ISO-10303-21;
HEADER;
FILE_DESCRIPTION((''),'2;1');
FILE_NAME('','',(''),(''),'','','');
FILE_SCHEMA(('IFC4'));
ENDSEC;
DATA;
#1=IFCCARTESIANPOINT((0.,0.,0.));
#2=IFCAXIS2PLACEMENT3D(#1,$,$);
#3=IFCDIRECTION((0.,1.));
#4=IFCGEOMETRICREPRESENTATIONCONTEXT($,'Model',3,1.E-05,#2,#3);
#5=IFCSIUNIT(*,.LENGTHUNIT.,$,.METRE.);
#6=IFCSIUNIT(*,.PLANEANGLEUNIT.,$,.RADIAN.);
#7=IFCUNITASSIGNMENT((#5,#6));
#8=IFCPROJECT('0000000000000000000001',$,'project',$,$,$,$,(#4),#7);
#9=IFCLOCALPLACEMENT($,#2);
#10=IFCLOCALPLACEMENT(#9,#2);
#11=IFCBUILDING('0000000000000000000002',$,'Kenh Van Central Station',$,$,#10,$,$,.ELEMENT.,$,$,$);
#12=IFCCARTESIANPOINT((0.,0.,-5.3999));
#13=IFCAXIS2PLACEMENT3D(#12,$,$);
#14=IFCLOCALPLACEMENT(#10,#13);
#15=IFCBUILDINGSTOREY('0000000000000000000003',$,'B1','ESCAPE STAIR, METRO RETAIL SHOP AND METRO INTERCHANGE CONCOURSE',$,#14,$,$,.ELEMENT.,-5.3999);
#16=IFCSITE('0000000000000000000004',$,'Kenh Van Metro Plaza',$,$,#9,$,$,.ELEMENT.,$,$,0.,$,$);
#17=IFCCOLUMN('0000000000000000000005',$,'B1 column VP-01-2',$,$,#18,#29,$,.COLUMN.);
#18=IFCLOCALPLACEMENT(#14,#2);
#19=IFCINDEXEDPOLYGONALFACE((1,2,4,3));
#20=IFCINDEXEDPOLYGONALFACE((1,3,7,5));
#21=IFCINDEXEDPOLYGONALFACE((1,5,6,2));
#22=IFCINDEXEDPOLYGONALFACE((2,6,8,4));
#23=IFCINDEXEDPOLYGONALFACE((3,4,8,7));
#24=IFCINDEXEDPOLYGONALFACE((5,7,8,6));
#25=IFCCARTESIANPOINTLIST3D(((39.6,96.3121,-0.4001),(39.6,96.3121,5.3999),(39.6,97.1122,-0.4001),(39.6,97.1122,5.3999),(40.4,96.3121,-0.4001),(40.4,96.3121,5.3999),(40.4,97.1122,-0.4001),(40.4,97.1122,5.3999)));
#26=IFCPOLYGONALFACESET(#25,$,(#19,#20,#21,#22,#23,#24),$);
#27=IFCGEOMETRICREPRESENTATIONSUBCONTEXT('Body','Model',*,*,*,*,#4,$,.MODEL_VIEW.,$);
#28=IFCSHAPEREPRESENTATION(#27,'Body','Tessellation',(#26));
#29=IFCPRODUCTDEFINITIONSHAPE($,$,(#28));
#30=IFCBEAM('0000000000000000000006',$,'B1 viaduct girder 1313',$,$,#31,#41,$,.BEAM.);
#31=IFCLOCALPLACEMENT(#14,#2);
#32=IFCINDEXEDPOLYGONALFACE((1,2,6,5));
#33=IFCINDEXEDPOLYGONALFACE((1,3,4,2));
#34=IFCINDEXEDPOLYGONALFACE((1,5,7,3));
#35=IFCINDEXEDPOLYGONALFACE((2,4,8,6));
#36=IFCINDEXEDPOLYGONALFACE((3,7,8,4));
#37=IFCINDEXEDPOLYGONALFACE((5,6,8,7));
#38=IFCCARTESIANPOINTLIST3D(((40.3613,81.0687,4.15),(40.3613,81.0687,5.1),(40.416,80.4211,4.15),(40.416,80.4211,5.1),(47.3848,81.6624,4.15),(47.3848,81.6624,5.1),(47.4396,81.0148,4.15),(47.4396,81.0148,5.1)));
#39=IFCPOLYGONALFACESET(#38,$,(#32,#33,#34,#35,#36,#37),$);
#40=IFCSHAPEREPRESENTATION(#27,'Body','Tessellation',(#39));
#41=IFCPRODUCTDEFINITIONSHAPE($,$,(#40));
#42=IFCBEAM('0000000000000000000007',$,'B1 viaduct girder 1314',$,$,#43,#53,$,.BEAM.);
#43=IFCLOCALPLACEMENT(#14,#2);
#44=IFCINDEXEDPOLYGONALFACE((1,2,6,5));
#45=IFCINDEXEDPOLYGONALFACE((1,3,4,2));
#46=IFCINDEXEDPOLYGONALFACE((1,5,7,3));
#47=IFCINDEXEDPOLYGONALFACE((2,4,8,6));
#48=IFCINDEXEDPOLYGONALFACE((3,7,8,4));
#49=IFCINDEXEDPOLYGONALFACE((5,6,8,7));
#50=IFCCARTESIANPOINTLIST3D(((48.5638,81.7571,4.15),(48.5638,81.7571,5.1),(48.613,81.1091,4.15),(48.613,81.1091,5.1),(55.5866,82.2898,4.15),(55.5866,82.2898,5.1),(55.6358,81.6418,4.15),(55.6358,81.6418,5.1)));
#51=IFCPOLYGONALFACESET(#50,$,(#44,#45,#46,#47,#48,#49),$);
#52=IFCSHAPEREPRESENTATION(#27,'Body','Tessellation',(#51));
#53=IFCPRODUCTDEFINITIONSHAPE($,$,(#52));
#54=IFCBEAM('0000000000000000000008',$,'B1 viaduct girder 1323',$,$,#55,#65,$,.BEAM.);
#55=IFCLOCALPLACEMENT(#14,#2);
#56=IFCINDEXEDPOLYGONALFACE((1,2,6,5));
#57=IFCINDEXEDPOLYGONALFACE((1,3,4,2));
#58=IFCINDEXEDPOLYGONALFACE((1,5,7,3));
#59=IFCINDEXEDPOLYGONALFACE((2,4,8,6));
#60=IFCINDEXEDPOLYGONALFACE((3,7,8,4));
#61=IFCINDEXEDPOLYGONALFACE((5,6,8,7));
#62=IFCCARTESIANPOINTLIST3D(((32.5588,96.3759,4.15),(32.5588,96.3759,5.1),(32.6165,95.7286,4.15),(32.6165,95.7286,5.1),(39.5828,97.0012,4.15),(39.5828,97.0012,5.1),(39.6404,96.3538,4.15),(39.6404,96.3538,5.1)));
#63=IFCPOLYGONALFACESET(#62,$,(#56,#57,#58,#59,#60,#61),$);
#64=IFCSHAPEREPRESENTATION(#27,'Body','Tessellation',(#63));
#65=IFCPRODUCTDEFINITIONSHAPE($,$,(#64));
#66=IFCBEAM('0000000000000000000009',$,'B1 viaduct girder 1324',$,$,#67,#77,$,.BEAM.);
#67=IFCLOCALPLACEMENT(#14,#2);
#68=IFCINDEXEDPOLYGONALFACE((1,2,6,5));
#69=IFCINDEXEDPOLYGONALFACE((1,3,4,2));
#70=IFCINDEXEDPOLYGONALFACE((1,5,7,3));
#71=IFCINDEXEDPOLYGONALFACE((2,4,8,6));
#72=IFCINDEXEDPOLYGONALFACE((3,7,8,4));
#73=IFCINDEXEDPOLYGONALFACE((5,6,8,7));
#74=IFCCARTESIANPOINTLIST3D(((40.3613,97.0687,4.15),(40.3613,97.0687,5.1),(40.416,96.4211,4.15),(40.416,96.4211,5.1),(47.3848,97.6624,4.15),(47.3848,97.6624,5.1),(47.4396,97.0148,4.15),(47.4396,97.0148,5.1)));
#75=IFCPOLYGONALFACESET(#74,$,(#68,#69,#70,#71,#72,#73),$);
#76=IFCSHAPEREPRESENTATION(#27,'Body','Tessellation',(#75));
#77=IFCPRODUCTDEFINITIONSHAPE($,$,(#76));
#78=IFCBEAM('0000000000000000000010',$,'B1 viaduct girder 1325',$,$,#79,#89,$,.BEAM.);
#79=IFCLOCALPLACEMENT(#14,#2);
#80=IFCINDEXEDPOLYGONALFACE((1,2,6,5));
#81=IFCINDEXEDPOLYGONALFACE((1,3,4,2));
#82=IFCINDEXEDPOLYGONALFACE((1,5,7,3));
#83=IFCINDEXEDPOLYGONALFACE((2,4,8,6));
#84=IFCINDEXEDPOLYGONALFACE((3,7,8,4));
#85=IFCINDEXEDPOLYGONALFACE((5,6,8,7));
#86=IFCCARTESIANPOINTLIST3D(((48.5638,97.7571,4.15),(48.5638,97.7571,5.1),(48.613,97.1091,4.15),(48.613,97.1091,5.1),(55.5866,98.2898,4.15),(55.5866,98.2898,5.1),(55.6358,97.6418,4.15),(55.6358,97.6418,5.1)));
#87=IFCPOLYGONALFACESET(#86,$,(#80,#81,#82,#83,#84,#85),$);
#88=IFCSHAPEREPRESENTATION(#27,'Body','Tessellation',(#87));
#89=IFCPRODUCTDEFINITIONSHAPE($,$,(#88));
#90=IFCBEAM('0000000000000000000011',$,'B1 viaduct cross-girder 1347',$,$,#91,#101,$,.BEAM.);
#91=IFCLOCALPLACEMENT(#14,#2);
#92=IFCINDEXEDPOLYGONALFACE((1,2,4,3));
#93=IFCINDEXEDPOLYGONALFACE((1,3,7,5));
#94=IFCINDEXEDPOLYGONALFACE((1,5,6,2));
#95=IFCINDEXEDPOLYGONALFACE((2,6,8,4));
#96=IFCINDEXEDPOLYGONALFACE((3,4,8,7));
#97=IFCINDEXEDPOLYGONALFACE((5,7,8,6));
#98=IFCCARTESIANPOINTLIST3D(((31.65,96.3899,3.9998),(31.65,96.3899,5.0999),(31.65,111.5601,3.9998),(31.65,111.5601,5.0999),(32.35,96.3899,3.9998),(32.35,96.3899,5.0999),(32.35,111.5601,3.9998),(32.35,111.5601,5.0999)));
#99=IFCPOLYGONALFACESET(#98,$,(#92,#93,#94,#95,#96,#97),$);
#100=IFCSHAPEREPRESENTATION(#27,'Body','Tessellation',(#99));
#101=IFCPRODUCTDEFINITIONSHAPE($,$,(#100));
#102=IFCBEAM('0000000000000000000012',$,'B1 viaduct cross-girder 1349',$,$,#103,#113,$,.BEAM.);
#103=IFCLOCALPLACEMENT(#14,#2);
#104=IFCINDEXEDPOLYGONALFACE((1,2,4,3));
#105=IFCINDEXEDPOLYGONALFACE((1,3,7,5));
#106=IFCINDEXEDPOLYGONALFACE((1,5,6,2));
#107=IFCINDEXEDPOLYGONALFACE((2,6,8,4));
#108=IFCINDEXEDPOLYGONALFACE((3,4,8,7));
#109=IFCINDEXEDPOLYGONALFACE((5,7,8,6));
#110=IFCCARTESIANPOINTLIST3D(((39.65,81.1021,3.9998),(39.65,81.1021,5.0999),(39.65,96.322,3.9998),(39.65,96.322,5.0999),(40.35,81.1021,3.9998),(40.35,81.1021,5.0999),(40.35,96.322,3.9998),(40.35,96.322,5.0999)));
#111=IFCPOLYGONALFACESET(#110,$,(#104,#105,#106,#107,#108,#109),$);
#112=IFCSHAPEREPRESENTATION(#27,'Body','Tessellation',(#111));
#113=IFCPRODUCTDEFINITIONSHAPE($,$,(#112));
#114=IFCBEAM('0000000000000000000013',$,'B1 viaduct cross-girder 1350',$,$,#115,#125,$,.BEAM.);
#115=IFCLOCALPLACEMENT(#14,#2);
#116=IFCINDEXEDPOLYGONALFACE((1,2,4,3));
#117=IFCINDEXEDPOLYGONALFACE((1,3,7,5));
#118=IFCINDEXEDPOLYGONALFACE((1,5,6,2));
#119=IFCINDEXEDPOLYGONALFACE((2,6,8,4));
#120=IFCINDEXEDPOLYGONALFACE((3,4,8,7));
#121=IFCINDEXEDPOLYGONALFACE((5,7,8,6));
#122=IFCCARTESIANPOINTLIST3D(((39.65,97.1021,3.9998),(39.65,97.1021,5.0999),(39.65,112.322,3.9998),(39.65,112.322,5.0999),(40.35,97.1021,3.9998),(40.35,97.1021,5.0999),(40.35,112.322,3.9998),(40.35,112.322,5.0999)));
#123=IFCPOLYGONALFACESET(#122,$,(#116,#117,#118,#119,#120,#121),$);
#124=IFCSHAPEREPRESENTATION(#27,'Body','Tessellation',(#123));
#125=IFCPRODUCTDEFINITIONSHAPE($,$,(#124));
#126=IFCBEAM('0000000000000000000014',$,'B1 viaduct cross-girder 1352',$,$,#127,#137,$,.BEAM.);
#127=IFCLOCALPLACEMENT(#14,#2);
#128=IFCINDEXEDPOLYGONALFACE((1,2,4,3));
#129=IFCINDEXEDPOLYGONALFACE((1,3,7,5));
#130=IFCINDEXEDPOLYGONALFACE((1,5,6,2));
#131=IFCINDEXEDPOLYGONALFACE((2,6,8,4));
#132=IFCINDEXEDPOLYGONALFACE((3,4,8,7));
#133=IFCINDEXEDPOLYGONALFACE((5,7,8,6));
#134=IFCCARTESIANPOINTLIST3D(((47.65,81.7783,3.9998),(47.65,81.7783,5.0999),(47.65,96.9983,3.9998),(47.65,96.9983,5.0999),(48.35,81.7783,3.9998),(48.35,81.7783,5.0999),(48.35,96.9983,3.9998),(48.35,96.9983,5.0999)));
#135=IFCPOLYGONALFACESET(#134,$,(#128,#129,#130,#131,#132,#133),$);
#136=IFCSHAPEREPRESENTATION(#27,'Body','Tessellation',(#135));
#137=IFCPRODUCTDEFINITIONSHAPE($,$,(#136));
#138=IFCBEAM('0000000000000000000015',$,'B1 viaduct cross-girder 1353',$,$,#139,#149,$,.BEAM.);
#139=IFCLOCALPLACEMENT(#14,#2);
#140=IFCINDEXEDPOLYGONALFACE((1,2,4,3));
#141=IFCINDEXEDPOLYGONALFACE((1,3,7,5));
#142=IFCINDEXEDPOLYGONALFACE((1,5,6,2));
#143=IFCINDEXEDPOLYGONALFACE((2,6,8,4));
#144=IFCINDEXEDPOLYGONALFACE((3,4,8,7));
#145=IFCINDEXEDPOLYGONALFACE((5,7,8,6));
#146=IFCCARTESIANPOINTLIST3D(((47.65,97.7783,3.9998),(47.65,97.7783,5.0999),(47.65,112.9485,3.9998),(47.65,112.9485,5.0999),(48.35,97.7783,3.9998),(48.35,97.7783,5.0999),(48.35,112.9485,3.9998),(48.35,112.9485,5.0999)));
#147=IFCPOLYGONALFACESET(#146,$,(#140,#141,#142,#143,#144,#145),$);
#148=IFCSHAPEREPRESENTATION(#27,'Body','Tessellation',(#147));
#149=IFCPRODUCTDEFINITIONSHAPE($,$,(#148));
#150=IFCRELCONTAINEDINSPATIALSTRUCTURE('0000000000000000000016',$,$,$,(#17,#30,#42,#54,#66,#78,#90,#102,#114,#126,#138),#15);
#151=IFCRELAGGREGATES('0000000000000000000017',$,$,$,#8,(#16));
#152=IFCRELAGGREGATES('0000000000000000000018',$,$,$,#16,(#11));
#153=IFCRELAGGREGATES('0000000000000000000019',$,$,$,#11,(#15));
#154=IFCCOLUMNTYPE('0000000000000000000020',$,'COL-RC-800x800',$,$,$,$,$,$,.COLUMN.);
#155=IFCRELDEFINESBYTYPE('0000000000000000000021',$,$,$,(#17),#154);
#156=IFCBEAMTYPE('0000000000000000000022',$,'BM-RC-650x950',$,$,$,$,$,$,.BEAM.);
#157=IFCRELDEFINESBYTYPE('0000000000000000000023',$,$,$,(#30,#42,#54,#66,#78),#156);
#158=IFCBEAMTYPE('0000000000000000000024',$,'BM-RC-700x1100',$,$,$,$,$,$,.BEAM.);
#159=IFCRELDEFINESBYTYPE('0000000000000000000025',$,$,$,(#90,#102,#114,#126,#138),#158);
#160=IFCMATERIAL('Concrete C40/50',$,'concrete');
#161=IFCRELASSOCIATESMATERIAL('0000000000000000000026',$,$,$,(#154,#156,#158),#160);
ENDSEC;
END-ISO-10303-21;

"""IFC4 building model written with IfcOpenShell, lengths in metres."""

from ifc_helpers import new_model, si_unit, direction, frame, origin, origin_2d, place, context, subcontext, project, spatial, rectangle, extrude, material, material_profile, profile_set, type_object, element, save


model = new_model("IFC4")

# Units and contexts
model_context = context("Model", 3, precision=1e-05, world=origin(), true_north=direction((0.0, 1.0)))
body_context = subcontext(model_context, "Body", "Model", "MODEL_VIEW")
ifc_project = project(units=[si_unit("LENGTHUNIT", "METRE"), si_unit("PLANEANGLEUNIT", "RADIAN")], contexts=[model_context])

# Site, building, storey
site_placement = place(None, origin())
site = spatial("IfcSite", under=ifc_project, at=site_placement, Name="Kenh Van Metro Plaza", CompositionType="ELEMENT", RefElevation=0.0)
building_placement = place(site_placement, origin())
building = spatial("IfcBuilding", under=site, at=building_placement, Name="Kenh Van Central Station", CompositionType="ELEMENT")
storey_placement = place(building_placement, frame((0.0, 0.0, -5.3999)))
storey = spatial("IfcBuildingStorey", under=building, at=storey_placement, Name="B1", Description="ESCAPE STAIR, METRO RETAIL SHOP AND METRO INTERCHANGE CONCOURSE", CompositionType="ELEMENT", Elevation=-5.3999)

# Shared definitions
ifc_material = material(Name="Concrete C40/50", Category="concrete")

# Column
ifc_material_profile_1 = material_profile(ifc_material, rectangle(XDim=0.8, YDim=0.8, at=origin_2d()), Name="RC 800x800")
ifc_profile_set_1 = profile_set([ifc_material_profile_1], Name="Concrete C40/50")
column_type_1 = type_object("IfcColumnType", Name="COL-RC-800x800", PredefinedType="COLUMN", material=ifc_profile_set_1)
for number, where, z_axis, x_axis, name in (
    (1, (40.0, 96.7122, -0.4001), (0.0, 0.0, 1.0), (1.0, 0.0, 0.0), "B1 column VP-01-2"),
):
    element("IfcColumn", number, at=place(storey_placement, frame(where, z_axis=z_axis, x_axis=x_axis)), inside=storey, type_object=column_type_1, Name=name, PredefinedType="COLUMN", context=body_context, shape_type="SweptSolid", body=[
        extrude(rectangle(XDim=0.8, YDim=0.8, at=origin_2d()), origin(), (0.0, 0.0, 1.0), 5.8),
    ])

# Beams
ifc_material_profile_2 = material_profile(ifc_material, rectangle(XDim=0.6499, YDim=0.95, at=origin_2d()), Name="RC 650x950")
ifc_profile_set_2 = profile_set([ifc_material_profile_2], Name="Concrete C40/50")
beam_type_1 = type_object("IfcBeamType", Name="BM-RC-650x950", PredefinedType="BEAM", material=ifc_profile_set_2)
beam_1_placement = place(storey_placement, frame((40.3887, 80.7449, 4.625), z_axis=(0.996446, 0.084238, 0.0), x_axis=(-0.084238, 0.996446, 0.0)))
element("IfcBeam", 2, at=beam_1_placement, inside=storey, type_object=beam_type_1, Name="B1 viaduct girder 1313", PredefinedType="BEAM", context=body_context, shape_type="SweptSolid", body=[
    extrude(rectangle(XDim=0.6499, YDim=0.95, at=origin_2d()), origin(), (0.0, 0.0, 1.0), 7.0486),
])
beam_2_placement = place(storey_placement, frame((48.5884, 81.4331, 4.625), z_axis=(0.997135, 0.075639, 0.0), x_axis=(-0.075639, 0.997135, 0.0)))
element("IfcBeam", 3, at=beam_2_placement, inside=storey, type_object=beam_type_1, Name="B1 viaduct girder 1314", PredefinedType="BEAM", context=body_context, shape_type="SweptSolid", body=[
    extrude(rectangle(XDim=0.6499, YDim=0.95, at=origin_2d()), origin(), (0.0, 0.0, 1.0), 7.043),
])
beam_3_placement = place(storey_placement, frame((32.5876, 96.0522, 4.625), z_axis=(0.996061, 0.088666, 0.0), x_axis=(-0.088666, 0.996061, 0.0)))
element("IfcBeam", 4, at=beam_3_placement, inside=storey, type_object=beam_type_1, Name="B1 viaduct girder 1323", PredefinedType="BEAM", context=body_context, shape_type="SweptSolid", body=[
    extrude(rectangle(XDim=0.6499, YDim=0.95, at=origin_2d()), origin(), (0.0, 0.0, 1.0), 7.0518),
])
beam_4_placement = place(storey_placement, frame((40.3887, 96.7449, 4.625), z_axis=(0.996446, 0.084238, 0.0), x_axis=(-0.084238, 0.996446, 0.0)))
element("IfcBeam", 5, at=beam_4_placement, inside=storey, type_object=beam_type_1, Name="B1 viaduct girder 1324", PredefinedType="BEAM", context=body_context, shape_type="SweptSolid", body=[
    extrude(rectangle(XDim=0.6499, YDim=0.95, at=origin_2d()), origin(), (0.0, 0.0, 1.0), 7.0486),
])
beam_5_placement = place(storey_placement, frame((48.5884, 97.4331, 4.625), z_axis=(0.997135, 0.075639, 0.0), x_axis=(-0.075639, 0.997135, 0.0)))
element("IfcBeam", 6, at=beam_5_placement, inside=storey, type_object=beam_type_1, Name="B1 viaduct girder 1325", PredefinedType="BEAM", context=body_context, shape_type="SweptSolid", body=[
    extrude(rectangle(XDim=0.6499, YDim=0.95, at=origin_2d()), origin(), (0.0, 0.0, 1.0), 7.043),
])
ifc_material_profile_3 = material_profile(ifc_material, rectangle(XDim=0.7, YDim=1.1001, at=origin_2d()), Name="RC 700x1100")
ifc_profile_set_3 = profile_set([ifc_material_profile_3], Name="Concrete C40/50")
beam_type_2 = type_object("IfcBeamType", Name="BM-RC-700x1100", PredefinedType="BEAM", material=ifc_profile_set_3)
beam_6_placement = place(storey_placement, frame((32.0, 96.3899, 4.5498), z_axis=(0.0, 1.0, 0.0), x_axis=(-1.0, 0.0, 0.0)))
element("IfcBeam", 7, at=beam_6_placement, inside=storey, type_object=beam_type_2, Name="B1 viaduct cross-girder 1347", PredefinedType="BEAM", context=body_context, shape_type="SweptSolid", body=[
    extrude(rectangle(XDim=0.7, YDim=1.1001, at=origin_2d()), origin(), (0.0, 0.0, 1.0), 15.1702),
])
for number, where, z_axis, x_axis, name in (
    (8, (40.0, 81.1021, 4.5498), (0.0, 1.0, 0.0), (-1.0, 0.0, 0.0), "B1 viaduct cross-girder 1349"),
    (9, (40.0, 97.1021, 4.5498), (0.0, 1.0, 0.0), (-1.0, 0.0, 0.0), "B1 viaduct cross-girder 1350"),
    (10, (48.0, 81.7783, 4.5498), (0.0, 1.0, 0.0), (-1.0, 0.0, 0.0), "B1 viaduct cross-girder 1352"),
):
    element("IfcBeam", number, at=place(storey_placement, frame(where, z_axis=z_axis, x_axis=x_axis)), inside=storey, type_object=beam_type_2, Name=name, PredefinedType="BEAM", context=body_context, shape_type="SweptSolid", body=[
        extrude(rectangle(XDim=0.7, YDim=1.1001, at=origin_2d()), origin(), (0.0, 0.0, 1.0), 15.22),
    ])
beam_7_placement = place(storey_placement, frame((48.0, 97.7783, 4.5498), z_axis=(0.0, 1.0, 0.0), x_axis=(-1.0, 0.0, 0.0)))
element("IfcBeam", 11, at=beam_7_placement, inside=storey, type_object=beam_type_2, Name="B1 viaduct cross-girder 1353", PredefinedType="BEAM", context=body_context, shape_type="SweptSolid", body=[
    extrude(rectangle(XDim=0.7, YDim=1.1001, at=origin_2d()), origin(), (0.0, 0.0, 1.0), 15.1702),
])

save(model, "model.ifc")
